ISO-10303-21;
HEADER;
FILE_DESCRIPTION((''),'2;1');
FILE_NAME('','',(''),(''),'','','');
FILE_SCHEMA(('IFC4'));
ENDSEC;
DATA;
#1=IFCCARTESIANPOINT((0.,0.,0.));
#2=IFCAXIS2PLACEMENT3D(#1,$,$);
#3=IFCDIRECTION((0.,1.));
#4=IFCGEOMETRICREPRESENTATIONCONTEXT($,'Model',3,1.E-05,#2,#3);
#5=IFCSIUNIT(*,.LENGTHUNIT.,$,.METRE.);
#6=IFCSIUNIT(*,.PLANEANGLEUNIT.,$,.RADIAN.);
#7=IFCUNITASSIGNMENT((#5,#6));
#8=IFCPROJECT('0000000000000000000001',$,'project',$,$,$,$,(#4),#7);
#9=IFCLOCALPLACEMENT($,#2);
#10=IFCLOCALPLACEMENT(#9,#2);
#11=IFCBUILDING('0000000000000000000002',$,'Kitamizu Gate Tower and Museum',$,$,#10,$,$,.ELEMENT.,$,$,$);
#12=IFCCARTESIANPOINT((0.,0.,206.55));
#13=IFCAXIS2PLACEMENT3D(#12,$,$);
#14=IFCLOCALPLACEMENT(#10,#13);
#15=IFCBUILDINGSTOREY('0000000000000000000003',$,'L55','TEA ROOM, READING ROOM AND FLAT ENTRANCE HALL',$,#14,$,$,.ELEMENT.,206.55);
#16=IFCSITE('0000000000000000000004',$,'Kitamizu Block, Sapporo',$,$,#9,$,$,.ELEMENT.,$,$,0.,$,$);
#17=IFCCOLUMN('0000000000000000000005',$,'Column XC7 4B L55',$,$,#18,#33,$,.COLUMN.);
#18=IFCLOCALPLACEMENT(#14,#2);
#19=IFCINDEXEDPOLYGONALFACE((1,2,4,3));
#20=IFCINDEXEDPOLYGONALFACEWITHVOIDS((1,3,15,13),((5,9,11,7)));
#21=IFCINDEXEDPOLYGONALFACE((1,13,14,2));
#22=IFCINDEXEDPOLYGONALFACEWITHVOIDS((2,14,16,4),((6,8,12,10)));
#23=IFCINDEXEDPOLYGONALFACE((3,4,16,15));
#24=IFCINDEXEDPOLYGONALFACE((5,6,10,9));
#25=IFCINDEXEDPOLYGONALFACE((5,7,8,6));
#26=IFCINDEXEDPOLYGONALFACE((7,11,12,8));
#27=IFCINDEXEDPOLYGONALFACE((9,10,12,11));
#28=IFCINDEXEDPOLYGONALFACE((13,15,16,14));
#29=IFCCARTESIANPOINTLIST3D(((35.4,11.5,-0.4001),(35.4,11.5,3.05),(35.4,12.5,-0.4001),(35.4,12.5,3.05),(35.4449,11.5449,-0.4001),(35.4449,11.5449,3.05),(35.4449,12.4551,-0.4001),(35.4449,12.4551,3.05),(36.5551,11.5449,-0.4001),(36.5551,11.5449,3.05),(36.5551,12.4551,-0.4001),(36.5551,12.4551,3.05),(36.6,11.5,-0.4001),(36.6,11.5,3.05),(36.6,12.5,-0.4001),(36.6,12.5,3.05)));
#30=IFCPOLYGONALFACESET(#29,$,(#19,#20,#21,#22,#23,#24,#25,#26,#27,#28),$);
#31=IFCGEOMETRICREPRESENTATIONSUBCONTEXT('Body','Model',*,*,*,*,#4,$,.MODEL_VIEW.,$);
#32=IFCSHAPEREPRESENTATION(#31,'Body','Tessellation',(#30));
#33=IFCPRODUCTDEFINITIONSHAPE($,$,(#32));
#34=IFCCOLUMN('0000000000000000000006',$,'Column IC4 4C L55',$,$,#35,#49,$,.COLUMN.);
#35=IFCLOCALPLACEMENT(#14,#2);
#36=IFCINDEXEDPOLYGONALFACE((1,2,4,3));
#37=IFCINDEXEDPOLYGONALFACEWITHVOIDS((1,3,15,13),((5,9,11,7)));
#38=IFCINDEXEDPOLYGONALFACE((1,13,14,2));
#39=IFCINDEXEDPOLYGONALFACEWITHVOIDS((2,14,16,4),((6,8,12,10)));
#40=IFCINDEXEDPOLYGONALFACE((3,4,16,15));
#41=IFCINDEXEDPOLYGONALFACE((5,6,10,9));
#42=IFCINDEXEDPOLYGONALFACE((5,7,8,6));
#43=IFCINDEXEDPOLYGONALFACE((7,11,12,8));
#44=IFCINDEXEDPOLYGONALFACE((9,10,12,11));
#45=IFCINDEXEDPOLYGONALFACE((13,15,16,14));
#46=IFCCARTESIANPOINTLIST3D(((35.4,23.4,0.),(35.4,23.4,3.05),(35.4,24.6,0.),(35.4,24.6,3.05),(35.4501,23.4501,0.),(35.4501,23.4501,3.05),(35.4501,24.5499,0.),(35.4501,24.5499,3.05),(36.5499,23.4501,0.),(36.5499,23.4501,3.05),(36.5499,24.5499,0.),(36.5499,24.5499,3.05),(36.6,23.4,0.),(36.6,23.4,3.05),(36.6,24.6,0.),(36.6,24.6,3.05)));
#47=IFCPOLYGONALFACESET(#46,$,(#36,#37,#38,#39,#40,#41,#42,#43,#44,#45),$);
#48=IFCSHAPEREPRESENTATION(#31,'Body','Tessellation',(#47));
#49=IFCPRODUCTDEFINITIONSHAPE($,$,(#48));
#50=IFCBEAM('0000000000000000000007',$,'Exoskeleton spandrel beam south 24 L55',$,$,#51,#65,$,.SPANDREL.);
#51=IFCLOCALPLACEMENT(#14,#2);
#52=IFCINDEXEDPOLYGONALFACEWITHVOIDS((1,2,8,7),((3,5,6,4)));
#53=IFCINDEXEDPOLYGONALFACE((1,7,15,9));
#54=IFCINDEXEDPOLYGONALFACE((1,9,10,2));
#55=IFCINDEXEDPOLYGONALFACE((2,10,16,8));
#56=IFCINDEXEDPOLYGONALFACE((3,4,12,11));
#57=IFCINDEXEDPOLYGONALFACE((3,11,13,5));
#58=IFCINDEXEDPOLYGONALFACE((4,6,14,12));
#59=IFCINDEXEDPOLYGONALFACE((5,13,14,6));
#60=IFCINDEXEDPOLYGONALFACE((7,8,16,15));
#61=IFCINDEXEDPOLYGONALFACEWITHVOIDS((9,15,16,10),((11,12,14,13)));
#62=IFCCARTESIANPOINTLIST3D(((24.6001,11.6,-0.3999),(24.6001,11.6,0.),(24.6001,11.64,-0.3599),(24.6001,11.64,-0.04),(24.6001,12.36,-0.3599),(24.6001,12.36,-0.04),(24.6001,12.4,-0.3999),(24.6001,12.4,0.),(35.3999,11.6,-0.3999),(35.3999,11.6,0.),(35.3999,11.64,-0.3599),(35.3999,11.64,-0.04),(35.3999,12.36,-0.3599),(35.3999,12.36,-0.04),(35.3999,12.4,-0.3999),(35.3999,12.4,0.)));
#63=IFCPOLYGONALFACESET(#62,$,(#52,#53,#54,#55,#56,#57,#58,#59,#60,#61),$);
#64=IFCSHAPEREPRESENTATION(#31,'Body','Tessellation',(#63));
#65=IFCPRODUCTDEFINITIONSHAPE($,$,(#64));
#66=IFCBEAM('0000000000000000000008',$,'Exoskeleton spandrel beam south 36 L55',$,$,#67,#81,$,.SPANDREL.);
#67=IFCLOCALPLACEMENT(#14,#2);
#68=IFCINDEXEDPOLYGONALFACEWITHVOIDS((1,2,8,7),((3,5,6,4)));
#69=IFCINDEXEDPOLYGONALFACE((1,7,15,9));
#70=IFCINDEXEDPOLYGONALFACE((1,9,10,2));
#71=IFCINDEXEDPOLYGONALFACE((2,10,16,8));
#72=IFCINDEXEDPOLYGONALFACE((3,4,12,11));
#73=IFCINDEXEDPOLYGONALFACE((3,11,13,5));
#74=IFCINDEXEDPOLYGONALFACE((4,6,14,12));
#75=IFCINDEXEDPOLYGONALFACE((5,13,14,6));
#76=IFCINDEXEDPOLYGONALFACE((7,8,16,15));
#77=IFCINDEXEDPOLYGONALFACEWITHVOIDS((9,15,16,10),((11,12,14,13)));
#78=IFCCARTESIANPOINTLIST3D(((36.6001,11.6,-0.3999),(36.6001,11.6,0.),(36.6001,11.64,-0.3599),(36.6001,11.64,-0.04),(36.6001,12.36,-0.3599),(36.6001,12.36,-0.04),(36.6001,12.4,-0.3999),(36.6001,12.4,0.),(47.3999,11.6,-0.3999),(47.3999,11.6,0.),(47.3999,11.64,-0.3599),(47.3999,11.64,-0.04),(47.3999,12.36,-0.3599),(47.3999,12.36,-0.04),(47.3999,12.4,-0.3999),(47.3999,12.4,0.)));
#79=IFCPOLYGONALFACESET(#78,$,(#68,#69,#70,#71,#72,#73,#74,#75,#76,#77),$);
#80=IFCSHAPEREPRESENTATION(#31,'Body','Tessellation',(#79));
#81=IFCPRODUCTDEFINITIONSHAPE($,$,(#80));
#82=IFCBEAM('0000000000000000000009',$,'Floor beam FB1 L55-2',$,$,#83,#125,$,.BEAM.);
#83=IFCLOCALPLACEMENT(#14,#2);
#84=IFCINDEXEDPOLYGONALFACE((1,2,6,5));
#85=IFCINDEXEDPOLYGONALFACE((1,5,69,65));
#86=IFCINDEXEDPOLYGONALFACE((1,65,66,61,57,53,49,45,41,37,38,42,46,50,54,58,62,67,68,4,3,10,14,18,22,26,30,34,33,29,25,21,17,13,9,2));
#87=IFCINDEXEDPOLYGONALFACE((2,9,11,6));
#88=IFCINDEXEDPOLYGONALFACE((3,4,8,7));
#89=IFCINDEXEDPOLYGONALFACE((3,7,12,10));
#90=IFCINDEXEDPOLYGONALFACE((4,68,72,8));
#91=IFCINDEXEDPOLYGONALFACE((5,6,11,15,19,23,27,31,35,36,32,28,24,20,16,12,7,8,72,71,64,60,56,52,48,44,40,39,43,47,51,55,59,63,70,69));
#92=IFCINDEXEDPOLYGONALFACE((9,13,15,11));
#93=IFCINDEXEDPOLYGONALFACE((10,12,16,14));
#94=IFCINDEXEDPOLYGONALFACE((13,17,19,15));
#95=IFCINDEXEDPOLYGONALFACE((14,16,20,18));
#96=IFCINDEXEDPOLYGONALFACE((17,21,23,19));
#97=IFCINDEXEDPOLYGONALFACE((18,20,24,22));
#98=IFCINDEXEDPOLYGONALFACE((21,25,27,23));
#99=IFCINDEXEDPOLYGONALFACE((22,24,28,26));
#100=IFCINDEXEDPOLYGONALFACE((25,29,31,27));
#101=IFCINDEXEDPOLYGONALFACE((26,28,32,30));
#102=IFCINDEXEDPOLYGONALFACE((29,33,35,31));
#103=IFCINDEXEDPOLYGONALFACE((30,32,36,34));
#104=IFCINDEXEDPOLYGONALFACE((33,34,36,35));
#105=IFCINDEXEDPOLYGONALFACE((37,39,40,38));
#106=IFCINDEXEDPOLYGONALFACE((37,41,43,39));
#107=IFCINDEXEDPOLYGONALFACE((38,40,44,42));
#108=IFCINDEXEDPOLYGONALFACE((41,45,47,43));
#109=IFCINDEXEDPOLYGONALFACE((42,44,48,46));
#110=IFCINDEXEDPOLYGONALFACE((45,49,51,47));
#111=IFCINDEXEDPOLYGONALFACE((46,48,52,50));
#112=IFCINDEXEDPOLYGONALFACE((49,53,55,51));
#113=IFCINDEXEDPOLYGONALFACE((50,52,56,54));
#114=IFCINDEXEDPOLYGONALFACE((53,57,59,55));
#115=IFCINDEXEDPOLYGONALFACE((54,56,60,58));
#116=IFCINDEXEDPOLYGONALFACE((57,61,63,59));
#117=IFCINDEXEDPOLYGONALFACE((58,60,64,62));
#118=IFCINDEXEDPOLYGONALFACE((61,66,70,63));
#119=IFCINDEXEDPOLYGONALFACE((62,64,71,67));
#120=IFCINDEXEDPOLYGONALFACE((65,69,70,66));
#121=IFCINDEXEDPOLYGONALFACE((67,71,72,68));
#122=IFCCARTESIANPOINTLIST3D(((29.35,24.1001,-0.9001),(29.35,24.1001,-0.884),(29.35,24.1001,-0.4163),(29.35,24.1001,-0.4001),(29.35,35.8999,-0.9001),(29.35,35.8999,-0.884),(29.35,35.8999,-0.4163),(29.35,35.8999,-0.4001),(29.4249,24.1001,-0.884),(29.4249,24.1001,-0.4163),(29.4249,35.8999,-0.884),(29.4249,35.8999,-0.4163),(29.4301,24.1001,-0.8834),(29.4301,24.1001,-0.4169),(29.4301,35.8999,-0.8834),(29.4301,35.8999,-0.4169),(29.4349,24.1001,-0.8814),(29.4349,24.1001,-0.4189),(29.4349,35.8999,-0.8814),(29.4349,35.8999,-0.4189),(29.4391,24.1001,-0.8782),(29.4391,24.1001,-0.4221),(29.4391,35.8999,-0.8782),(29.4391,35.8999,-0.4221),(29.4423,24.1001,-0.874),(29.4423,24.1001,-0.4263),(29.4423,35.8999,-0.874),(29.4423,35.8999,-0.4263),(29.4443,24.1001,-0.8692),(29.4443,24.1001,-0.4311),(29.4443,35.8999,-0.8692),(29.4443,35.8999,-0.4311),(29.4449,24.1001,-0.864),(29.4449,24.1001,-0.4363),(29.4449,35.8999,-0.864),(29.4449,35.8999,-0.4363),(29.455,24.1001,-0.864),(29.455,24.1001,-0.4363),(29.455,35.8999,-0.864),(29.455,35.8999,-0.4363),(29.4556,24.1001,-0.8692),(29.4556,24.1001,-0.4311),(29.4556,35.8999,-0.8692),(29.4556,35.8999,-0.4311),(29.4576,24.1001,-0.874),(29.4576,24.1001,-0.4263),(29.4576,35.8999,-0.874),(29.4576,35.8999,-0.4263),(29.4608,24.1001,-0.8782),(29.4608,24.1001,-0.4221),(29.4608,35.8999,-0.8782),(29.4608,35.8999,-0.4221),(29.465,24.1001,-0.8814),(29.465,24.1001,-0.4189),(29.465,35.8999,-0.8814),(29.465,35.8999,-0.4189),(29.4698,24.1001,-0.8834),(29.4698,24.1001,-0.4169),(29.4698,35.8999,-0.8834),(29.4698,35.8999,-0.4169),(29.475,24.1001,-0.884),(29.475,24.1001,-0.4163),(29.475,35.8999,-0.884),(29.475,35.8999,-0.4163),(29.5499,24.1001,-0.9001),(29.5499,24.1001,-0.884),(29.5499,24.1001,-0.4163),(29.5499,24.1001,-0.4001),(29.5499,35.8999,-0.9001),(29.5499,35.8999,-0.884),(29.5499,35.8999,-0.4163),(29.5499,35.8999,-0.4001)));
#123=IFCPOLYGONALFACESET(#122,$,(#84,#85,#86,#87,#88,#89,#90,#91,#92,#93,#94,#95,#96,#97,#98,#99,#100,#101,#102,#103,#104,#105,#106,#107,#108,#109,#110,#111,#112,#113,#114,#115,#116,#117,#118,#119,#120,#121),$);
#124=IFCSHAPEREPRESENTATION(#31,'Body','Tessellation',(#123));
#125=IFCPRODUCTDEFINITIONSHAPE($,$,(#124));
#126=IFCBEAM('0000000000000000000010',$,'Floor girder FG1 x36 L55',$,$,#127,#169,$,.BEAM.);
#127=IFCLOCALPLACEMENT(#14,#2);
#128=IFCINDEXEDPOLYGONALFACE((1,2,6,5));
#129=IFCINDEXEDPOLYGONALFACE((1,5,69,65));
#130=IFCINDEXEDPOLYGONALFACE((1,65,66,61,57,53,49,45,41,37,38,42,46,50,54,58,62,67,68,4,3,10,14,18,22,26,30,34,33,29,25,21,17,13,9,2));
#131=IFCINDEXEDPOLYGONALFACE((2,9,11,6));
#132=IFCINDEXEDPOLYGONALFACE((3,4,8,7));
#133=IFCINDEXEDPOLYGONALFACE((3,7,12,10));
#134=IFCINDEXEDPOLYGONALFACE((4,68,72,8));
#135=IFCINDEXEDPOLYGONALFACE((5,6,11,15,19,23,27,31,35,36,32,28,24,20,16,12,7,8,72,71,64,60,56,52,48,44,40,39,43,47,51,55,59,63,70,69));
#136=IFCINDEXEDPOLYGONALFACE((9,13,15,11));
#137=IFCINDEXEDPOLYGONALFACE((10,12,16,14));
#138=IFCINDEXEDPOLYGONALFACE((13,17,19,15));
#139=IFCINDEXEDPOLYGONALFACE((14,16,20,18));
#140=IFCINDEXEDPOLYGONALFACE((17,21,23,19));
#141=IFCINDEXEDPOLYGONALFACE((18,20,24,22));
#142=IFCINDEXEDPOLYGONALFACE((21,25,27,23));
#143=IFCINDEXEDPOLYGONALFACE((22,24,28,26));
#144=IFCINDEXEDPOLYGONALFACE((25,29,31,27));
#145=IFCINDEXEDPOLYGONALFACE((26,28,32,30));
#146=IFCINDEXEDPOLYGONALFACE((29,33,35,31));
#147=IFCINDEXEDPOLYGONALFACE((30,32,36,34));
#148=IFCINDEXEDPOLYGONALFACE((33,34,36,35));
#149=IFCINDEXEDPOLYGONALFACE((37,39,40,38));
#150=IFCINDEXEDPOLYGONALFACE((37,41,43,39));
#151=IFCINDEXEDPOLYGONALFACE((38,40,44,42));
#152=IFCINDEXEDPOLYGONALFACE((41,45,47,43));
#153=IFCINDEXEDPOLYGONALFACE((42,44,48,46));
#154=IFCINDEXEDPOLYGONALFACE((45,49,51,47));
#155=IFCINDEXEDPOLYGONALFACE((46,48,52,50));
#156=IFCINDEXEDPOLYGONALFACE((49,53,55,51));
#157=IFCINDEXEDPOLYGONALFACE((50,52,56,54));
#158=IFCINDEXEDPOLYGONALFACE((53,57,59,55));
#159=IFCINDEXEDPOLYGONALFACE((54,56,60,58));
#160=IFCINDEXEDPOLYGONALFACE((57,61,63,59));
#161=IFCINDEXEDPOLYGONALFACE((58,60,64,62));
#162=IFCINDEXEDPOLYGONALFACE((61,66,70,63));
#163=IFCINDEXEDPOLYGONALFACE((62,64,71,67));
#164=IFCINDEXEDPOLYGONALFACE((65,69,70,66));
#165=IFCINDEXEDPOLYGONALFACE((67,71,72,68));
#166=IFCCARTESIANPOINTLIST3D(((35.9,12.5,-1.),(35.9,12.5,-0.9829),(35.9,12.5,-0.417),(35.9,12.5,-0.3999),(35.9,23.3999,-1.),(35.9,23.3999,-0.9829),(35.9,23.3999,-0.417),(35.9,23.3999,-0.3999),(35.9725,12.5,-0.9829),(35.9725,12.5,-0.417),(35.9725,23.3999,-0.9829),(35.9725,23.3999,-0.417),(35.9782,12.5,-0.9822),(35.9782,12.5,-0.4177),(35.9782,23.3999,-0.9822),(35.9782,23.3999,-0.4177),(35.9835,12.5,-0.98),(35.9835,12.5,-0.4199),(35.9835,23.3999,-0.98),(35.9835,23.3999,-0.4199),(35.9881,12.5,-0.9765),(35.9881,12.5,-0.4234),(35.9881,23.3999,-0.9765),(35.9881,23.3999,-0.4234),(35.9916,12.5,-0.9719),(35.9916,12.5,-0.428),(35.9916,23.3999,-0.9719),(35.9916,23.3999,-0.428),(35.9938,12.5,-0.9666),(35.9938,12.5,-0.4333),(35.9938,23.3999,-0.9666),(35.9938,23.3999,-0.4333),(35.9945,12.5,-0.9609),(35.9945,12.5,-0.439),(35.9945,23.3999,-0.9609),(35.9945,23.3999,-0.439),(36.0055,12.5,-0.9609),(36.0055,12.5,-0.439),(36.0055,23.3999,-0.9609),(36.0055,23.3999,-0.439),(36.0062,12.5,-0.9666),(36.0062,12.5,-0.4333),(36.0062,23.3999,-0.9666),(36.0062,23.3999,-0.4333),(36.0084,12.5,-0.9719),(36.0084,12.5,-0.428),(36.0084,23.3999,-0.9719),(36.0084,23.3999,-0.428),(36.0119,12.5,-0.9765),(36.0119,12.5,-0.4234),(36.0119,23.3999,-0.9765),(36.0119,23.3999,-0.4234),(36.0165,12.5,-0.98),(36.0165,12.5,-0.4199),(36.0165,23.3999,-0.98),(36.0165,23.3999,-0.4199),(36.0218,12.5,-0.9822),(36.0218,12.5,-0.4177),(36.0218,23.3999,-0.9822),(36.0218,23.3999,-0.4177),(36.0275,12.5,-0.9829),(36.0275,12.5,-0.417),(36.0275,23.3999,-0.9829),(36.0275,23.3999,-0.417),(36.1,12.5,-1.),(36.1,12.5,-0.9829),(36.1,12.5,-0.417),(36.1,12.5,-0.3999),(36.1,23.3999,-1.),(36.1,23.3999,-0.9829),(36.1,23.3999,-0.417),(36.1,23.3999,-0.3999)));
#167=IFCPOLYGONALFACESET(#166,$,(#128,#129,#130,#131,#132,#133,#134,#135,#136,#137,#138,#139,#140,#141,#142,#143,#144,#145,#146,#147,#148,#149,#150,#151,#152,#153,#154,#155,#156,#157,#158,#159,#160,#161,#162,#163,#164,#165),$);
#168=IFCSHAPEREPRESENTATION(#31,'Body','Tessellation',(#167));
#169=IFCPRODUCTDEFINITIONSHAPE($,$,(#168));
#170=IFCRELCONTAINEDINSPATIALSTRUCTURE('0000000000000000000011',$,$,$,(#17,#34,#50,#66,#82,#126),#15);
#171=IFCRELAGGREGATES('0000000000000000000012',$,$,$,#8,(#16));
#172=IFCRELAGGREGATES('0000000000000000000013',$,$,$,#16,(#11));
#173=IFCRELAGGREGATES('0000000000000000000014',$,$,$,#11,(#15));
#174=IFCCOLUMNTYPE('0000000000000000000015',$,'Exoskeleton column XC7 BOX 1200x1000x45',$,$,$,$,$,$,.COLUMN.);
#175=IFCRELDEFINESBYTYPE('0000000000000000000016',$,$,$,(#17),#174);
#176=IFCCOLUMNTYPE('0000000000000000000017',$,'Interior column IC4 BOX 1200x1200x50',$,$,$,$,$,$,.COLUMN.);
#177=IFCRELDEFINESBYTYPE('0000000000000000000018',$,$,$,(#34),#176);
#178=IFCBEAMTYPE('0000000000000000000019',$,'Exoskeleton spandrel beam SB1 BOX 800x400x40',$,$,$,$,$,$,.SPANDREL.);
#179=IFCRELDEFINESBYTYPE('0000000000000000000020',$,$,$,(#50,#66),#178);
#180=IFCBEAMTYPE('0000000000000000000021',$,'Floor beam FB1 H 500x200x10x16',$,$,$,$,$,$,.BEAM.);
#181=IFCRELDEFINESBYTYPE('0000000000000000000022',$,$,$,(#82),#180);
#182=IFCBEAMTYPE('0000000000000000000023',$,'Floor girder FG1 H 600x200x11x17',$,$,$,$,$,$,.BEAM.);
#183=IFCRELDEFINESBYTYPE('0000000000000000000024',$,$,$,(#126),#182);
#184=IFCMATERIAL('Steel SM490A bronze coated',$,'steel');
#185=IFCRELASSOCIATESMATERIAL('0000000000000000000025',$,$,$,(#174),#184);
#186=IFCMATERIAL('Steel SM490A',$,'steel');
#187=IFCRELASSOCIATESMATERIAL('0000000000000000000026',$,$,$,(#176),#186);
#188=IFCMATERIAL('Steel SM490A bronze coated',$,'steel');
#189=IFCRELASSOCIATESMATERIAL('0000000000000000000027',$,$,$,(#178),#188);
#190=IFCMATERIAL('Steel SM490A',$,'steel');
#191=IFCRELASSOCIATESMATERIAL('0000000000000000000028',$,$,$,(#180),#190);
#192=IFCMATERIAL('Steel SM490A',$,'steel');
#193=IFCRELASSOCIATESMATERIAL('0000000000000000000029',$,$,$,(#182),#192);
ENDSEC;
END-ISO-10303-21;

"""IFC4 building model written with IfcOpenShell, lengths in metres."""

from ifc_helpers import new_model, si_unit, direction, frame, origin, origin_2d, place, context, subcontext, project, spatial, hollow_rectangle, i_section, extrude, material, material_profile, profile_set, type_object, element, save


model = new_model("IFC4")

# Units and contexts
model_context = context("Model", 3, precision=1e-05, world=origin(), true_north=direction((0.0, 1.0)))
body_context = subcontext(model_context, "Body", "Model", "MODEL_VIEW")
ifc_project = project(units=[si_unit("LENGTHUNIT", "METRE"), si_unit("PLANEANGLEUNIT", "RADIAN")], contexts=[model_context])

# Site, building, storey
site_placement = place(None, origin())
site = spatial("IfcSite", under=ifc_project, at=site_placement, Name="Kitamizu Block, Sapporo", CompositionType="ELEMENT", RefElevation=0.0)
building_placement = place(site_placement, origin())
building = spatial("IfcBuilding", under=site, at=building_placement, Name="Kitamizu Gate Tower and Museum", CompositionType="ELEMENT")
storey_placement = place(building_placement, frame((0.0, 0.0, 206.55)))
storey = spatial("IfcBuildingStorey", under=building, at=storey_placement, Name="L55", Description="TEA ROOM, READING ROOM AND FLAT ENTRANCE HALL", CompositionType="ELEMENT", Elevation=206.55)

# Columns
ifc_material_1 = material(Name="Steel SM490A bronze coated", Category="steel")
ifc_material_profile_1 = material_profile(ifc_material_1, hollow_rectangle(XDim=1.2, YDim=1.0, WallThickness=0.0449, at=origin_2d()), Name="BOX 1200x1000x45")
ifc_profile_set_1 = profile_set([ifc_material_profile_1], Name="Steel SM490A bronze coated")
column_type_1 = type_object("IfcColumnType", Name="Exoskeleton column XC7 BOX 1200x1000x45", PredefinedType="COLUMN", material=ifc_profile_set_1)
column_1_placement = place(storey_placement, frame((36.0, 12.0, -0.4001), z_axis=(0.0, 0.0, 1.0), x_axis=(1.0, 0.0, 0.0)))
element("IfcColumn", 1, at=column_1_placement, inside=storey, type_object=column_type_1, Name="Column XC7 4B L55", PredefinedType="COLUMN", context=body_context, shape_type="SweptSolid", body=[
    extrude(hollow_rectangle(XDim=1.2, YDim=1.0, WallThickness=0.0449, at=origin_2d()), origin(), (0.0, 0.0, 1.0), 3.4502),
])
ifc_material_2 = material(Name="Steel SM490A", Category="steel")
ifc_material_profile_2 = material_profile(ifc_material_2, hollow_rectangle(XDim=1.2, YDim=1.2, WallThickness=0.05, at=origin_2d()), Name="BOX 1200x1200x50")
ifc_profile_set_2 = profile_set([ifc_material_profile_2], Name="Steel SM490A")
column_type_2 = type_object("IfcColumnType", Name="Interior column IC4 BOX 1200x1200x50", PredefinedType="COLUMN", material=ifc_profile_set_2)
column_2_placement = place(storey_placement, frame((36.0, 24.0, 0.0), z_axis=(0.0, 0.0, 1.0), x_axis=(1.0, 0.0, 0.0)))
element("IfcColumn", 2, at=column_2_placement, inside=storey, type_object=column_type_2, Name="Column IC4 4C L55", PredefinedType="COLUMN", context=body_context, shape_type="SweptSolid", body=[
    extrude(hollow_rectangle(XDim=1.2, YDim=1.2, WallThickness=0.05, at=origin_2d()), origin(), (0.0, 0.0, 1.0), 3.05),
])

# Beams
ifc_material_3 = material(Name="Steel SM490A bronze coated", Category="steel")
ifc_material_profile_3 = material_profile(ifc_material_3, hollow_rectangle(XDim=0.8, YDim=0.3999, WallThickness=0.04, at=origin_2d()), Name="BOX 800x400x40")
ifc_profile_set_3 = profile_set([ifc_material_profile_3], Name="Steel SM490A bronze coated")
beam_type_1 = type_object("IfcBeamType", Name="Exoskeleton spandrel beam SB1 BOX 800x400x40", PredefinedType="SPANDREL", material=ifc_profile_set_3)
for number, where, z_axis, x_axis, name in (
    (3, (24.6001, 12.0, -0.2), (1.0, 0.0, 0.0), (0.0, 1.0, 0.0), "Exoskeleton spandrel beam south 24 L55"),
    (4, (36.6001, 12.0, -0.2), (1.0, 0.0, 0.0), (0.0, 1.0, 0.0), "Exoskeleton spandrel beam south 36 L55"),
):
    element("IfcBeam", number, at=place(storey_placement, frame(where, z_axis=z_axis, x_axis=x_axis)), inside=storey, type_object=beam_type_1, Name=name, PredefinedType="SPANDREL", context=body_context, shape_type="SweptSolid", body=[
        extrude(hollow_rectangle(XDim=0.8, YDim=0.3999, WallThickness=0.04, at=origin_2d()), origin(), (0.0, 0.0, 1.0), 10.7998),
    ])
ifc_material_4 = material(Name="Steel SM490A", Category="steel")
ifc_material_profile_4 = material_profile(ifc_material_4, i_section(OverallWidth=0.2, OverallDepth=0.5, WebThickness=0.01, FlangeThickness=0.0161, FilletRadius=0.02, at=origin_2d()), Name="H-500x200x10x16")
ifc_profile_set_4 = profile_set([ifc_material_profile_4], Name="Steel SM490A")
beam_type_2 = type_object("IfcBeamType", Name="Floor beam FB1 H 500x200x10x16", PredefinedType="BEAM", material=ifc_profile_set_4)
beam_1_placement = place(storey_placement, frame((29.45, 24.1001, -0.6501), z_axis=(0.0, 1.0, 0.0), x_axis=(-1.0, 0.0, 0.0)))
element("IfcBeam", 5, at=beam_1_placement, inside=storey, type_object=beam_type_2, Name="Floor beam FB1 L55-2", PredefinedType="BEAM", context=body_context, shape_type="SweptSolid", body=[
    extrude(i_section(OverallWidth=0.2, OverallDepth=0.5, WebThickness=0.01, FlangeThickness=0.0161, FilletRadius=0.02, at=origin_2d()), origin(), (0.0, 0.0, 1.0), 11.7998),
])
ifc_material_5 = material(Name="Steel SM490A", Category="steel")
ifc_material_profile_5 = material_profile(ifc_material_5, i_section(OverallWidth=0.2, OverallDepth=0.6001, WebThickness=0.011, FlangeThickness=0.0171, FilletRadius=0.022, at=origin_2d()), Name="H-600x200x11x17")
ifc_profile_set_5 = profile_set([ifc_material_profile_5], Name="Steel SM490A")
beam_type_3 = type_object("IfcBeamType", Name="Floor girder FG1 H 600x200x11x17", PredefinedType="BEAM", material=ifc_profile_set_5)
beam_2_placement = place(storey_placement, frame((36.0, 12.5, -0.7), z_axis=(0.0, 1.0, 0.0), x_axis=(-1.0, 0.0, 0.0)))
element("IfcBeam", 6, at=beam_2_placement, inside=storey, type_object=beam_type_3, Name="Floor girder FG1 x36 L55", PredefinedType="BEAM", context=body_context, shape_type="SweptSolid", body=[
    extrude(i_section(OverallWidth=0.2, OverallDepth=0.6001, WebThickness=0.011, FlangeThickness=0.0171, FilletRadius=0.022, at=origin_2d()), origin(), (0.0, 0.0, 1.0), 10.8999),
])

save(model, "model.ifc")
